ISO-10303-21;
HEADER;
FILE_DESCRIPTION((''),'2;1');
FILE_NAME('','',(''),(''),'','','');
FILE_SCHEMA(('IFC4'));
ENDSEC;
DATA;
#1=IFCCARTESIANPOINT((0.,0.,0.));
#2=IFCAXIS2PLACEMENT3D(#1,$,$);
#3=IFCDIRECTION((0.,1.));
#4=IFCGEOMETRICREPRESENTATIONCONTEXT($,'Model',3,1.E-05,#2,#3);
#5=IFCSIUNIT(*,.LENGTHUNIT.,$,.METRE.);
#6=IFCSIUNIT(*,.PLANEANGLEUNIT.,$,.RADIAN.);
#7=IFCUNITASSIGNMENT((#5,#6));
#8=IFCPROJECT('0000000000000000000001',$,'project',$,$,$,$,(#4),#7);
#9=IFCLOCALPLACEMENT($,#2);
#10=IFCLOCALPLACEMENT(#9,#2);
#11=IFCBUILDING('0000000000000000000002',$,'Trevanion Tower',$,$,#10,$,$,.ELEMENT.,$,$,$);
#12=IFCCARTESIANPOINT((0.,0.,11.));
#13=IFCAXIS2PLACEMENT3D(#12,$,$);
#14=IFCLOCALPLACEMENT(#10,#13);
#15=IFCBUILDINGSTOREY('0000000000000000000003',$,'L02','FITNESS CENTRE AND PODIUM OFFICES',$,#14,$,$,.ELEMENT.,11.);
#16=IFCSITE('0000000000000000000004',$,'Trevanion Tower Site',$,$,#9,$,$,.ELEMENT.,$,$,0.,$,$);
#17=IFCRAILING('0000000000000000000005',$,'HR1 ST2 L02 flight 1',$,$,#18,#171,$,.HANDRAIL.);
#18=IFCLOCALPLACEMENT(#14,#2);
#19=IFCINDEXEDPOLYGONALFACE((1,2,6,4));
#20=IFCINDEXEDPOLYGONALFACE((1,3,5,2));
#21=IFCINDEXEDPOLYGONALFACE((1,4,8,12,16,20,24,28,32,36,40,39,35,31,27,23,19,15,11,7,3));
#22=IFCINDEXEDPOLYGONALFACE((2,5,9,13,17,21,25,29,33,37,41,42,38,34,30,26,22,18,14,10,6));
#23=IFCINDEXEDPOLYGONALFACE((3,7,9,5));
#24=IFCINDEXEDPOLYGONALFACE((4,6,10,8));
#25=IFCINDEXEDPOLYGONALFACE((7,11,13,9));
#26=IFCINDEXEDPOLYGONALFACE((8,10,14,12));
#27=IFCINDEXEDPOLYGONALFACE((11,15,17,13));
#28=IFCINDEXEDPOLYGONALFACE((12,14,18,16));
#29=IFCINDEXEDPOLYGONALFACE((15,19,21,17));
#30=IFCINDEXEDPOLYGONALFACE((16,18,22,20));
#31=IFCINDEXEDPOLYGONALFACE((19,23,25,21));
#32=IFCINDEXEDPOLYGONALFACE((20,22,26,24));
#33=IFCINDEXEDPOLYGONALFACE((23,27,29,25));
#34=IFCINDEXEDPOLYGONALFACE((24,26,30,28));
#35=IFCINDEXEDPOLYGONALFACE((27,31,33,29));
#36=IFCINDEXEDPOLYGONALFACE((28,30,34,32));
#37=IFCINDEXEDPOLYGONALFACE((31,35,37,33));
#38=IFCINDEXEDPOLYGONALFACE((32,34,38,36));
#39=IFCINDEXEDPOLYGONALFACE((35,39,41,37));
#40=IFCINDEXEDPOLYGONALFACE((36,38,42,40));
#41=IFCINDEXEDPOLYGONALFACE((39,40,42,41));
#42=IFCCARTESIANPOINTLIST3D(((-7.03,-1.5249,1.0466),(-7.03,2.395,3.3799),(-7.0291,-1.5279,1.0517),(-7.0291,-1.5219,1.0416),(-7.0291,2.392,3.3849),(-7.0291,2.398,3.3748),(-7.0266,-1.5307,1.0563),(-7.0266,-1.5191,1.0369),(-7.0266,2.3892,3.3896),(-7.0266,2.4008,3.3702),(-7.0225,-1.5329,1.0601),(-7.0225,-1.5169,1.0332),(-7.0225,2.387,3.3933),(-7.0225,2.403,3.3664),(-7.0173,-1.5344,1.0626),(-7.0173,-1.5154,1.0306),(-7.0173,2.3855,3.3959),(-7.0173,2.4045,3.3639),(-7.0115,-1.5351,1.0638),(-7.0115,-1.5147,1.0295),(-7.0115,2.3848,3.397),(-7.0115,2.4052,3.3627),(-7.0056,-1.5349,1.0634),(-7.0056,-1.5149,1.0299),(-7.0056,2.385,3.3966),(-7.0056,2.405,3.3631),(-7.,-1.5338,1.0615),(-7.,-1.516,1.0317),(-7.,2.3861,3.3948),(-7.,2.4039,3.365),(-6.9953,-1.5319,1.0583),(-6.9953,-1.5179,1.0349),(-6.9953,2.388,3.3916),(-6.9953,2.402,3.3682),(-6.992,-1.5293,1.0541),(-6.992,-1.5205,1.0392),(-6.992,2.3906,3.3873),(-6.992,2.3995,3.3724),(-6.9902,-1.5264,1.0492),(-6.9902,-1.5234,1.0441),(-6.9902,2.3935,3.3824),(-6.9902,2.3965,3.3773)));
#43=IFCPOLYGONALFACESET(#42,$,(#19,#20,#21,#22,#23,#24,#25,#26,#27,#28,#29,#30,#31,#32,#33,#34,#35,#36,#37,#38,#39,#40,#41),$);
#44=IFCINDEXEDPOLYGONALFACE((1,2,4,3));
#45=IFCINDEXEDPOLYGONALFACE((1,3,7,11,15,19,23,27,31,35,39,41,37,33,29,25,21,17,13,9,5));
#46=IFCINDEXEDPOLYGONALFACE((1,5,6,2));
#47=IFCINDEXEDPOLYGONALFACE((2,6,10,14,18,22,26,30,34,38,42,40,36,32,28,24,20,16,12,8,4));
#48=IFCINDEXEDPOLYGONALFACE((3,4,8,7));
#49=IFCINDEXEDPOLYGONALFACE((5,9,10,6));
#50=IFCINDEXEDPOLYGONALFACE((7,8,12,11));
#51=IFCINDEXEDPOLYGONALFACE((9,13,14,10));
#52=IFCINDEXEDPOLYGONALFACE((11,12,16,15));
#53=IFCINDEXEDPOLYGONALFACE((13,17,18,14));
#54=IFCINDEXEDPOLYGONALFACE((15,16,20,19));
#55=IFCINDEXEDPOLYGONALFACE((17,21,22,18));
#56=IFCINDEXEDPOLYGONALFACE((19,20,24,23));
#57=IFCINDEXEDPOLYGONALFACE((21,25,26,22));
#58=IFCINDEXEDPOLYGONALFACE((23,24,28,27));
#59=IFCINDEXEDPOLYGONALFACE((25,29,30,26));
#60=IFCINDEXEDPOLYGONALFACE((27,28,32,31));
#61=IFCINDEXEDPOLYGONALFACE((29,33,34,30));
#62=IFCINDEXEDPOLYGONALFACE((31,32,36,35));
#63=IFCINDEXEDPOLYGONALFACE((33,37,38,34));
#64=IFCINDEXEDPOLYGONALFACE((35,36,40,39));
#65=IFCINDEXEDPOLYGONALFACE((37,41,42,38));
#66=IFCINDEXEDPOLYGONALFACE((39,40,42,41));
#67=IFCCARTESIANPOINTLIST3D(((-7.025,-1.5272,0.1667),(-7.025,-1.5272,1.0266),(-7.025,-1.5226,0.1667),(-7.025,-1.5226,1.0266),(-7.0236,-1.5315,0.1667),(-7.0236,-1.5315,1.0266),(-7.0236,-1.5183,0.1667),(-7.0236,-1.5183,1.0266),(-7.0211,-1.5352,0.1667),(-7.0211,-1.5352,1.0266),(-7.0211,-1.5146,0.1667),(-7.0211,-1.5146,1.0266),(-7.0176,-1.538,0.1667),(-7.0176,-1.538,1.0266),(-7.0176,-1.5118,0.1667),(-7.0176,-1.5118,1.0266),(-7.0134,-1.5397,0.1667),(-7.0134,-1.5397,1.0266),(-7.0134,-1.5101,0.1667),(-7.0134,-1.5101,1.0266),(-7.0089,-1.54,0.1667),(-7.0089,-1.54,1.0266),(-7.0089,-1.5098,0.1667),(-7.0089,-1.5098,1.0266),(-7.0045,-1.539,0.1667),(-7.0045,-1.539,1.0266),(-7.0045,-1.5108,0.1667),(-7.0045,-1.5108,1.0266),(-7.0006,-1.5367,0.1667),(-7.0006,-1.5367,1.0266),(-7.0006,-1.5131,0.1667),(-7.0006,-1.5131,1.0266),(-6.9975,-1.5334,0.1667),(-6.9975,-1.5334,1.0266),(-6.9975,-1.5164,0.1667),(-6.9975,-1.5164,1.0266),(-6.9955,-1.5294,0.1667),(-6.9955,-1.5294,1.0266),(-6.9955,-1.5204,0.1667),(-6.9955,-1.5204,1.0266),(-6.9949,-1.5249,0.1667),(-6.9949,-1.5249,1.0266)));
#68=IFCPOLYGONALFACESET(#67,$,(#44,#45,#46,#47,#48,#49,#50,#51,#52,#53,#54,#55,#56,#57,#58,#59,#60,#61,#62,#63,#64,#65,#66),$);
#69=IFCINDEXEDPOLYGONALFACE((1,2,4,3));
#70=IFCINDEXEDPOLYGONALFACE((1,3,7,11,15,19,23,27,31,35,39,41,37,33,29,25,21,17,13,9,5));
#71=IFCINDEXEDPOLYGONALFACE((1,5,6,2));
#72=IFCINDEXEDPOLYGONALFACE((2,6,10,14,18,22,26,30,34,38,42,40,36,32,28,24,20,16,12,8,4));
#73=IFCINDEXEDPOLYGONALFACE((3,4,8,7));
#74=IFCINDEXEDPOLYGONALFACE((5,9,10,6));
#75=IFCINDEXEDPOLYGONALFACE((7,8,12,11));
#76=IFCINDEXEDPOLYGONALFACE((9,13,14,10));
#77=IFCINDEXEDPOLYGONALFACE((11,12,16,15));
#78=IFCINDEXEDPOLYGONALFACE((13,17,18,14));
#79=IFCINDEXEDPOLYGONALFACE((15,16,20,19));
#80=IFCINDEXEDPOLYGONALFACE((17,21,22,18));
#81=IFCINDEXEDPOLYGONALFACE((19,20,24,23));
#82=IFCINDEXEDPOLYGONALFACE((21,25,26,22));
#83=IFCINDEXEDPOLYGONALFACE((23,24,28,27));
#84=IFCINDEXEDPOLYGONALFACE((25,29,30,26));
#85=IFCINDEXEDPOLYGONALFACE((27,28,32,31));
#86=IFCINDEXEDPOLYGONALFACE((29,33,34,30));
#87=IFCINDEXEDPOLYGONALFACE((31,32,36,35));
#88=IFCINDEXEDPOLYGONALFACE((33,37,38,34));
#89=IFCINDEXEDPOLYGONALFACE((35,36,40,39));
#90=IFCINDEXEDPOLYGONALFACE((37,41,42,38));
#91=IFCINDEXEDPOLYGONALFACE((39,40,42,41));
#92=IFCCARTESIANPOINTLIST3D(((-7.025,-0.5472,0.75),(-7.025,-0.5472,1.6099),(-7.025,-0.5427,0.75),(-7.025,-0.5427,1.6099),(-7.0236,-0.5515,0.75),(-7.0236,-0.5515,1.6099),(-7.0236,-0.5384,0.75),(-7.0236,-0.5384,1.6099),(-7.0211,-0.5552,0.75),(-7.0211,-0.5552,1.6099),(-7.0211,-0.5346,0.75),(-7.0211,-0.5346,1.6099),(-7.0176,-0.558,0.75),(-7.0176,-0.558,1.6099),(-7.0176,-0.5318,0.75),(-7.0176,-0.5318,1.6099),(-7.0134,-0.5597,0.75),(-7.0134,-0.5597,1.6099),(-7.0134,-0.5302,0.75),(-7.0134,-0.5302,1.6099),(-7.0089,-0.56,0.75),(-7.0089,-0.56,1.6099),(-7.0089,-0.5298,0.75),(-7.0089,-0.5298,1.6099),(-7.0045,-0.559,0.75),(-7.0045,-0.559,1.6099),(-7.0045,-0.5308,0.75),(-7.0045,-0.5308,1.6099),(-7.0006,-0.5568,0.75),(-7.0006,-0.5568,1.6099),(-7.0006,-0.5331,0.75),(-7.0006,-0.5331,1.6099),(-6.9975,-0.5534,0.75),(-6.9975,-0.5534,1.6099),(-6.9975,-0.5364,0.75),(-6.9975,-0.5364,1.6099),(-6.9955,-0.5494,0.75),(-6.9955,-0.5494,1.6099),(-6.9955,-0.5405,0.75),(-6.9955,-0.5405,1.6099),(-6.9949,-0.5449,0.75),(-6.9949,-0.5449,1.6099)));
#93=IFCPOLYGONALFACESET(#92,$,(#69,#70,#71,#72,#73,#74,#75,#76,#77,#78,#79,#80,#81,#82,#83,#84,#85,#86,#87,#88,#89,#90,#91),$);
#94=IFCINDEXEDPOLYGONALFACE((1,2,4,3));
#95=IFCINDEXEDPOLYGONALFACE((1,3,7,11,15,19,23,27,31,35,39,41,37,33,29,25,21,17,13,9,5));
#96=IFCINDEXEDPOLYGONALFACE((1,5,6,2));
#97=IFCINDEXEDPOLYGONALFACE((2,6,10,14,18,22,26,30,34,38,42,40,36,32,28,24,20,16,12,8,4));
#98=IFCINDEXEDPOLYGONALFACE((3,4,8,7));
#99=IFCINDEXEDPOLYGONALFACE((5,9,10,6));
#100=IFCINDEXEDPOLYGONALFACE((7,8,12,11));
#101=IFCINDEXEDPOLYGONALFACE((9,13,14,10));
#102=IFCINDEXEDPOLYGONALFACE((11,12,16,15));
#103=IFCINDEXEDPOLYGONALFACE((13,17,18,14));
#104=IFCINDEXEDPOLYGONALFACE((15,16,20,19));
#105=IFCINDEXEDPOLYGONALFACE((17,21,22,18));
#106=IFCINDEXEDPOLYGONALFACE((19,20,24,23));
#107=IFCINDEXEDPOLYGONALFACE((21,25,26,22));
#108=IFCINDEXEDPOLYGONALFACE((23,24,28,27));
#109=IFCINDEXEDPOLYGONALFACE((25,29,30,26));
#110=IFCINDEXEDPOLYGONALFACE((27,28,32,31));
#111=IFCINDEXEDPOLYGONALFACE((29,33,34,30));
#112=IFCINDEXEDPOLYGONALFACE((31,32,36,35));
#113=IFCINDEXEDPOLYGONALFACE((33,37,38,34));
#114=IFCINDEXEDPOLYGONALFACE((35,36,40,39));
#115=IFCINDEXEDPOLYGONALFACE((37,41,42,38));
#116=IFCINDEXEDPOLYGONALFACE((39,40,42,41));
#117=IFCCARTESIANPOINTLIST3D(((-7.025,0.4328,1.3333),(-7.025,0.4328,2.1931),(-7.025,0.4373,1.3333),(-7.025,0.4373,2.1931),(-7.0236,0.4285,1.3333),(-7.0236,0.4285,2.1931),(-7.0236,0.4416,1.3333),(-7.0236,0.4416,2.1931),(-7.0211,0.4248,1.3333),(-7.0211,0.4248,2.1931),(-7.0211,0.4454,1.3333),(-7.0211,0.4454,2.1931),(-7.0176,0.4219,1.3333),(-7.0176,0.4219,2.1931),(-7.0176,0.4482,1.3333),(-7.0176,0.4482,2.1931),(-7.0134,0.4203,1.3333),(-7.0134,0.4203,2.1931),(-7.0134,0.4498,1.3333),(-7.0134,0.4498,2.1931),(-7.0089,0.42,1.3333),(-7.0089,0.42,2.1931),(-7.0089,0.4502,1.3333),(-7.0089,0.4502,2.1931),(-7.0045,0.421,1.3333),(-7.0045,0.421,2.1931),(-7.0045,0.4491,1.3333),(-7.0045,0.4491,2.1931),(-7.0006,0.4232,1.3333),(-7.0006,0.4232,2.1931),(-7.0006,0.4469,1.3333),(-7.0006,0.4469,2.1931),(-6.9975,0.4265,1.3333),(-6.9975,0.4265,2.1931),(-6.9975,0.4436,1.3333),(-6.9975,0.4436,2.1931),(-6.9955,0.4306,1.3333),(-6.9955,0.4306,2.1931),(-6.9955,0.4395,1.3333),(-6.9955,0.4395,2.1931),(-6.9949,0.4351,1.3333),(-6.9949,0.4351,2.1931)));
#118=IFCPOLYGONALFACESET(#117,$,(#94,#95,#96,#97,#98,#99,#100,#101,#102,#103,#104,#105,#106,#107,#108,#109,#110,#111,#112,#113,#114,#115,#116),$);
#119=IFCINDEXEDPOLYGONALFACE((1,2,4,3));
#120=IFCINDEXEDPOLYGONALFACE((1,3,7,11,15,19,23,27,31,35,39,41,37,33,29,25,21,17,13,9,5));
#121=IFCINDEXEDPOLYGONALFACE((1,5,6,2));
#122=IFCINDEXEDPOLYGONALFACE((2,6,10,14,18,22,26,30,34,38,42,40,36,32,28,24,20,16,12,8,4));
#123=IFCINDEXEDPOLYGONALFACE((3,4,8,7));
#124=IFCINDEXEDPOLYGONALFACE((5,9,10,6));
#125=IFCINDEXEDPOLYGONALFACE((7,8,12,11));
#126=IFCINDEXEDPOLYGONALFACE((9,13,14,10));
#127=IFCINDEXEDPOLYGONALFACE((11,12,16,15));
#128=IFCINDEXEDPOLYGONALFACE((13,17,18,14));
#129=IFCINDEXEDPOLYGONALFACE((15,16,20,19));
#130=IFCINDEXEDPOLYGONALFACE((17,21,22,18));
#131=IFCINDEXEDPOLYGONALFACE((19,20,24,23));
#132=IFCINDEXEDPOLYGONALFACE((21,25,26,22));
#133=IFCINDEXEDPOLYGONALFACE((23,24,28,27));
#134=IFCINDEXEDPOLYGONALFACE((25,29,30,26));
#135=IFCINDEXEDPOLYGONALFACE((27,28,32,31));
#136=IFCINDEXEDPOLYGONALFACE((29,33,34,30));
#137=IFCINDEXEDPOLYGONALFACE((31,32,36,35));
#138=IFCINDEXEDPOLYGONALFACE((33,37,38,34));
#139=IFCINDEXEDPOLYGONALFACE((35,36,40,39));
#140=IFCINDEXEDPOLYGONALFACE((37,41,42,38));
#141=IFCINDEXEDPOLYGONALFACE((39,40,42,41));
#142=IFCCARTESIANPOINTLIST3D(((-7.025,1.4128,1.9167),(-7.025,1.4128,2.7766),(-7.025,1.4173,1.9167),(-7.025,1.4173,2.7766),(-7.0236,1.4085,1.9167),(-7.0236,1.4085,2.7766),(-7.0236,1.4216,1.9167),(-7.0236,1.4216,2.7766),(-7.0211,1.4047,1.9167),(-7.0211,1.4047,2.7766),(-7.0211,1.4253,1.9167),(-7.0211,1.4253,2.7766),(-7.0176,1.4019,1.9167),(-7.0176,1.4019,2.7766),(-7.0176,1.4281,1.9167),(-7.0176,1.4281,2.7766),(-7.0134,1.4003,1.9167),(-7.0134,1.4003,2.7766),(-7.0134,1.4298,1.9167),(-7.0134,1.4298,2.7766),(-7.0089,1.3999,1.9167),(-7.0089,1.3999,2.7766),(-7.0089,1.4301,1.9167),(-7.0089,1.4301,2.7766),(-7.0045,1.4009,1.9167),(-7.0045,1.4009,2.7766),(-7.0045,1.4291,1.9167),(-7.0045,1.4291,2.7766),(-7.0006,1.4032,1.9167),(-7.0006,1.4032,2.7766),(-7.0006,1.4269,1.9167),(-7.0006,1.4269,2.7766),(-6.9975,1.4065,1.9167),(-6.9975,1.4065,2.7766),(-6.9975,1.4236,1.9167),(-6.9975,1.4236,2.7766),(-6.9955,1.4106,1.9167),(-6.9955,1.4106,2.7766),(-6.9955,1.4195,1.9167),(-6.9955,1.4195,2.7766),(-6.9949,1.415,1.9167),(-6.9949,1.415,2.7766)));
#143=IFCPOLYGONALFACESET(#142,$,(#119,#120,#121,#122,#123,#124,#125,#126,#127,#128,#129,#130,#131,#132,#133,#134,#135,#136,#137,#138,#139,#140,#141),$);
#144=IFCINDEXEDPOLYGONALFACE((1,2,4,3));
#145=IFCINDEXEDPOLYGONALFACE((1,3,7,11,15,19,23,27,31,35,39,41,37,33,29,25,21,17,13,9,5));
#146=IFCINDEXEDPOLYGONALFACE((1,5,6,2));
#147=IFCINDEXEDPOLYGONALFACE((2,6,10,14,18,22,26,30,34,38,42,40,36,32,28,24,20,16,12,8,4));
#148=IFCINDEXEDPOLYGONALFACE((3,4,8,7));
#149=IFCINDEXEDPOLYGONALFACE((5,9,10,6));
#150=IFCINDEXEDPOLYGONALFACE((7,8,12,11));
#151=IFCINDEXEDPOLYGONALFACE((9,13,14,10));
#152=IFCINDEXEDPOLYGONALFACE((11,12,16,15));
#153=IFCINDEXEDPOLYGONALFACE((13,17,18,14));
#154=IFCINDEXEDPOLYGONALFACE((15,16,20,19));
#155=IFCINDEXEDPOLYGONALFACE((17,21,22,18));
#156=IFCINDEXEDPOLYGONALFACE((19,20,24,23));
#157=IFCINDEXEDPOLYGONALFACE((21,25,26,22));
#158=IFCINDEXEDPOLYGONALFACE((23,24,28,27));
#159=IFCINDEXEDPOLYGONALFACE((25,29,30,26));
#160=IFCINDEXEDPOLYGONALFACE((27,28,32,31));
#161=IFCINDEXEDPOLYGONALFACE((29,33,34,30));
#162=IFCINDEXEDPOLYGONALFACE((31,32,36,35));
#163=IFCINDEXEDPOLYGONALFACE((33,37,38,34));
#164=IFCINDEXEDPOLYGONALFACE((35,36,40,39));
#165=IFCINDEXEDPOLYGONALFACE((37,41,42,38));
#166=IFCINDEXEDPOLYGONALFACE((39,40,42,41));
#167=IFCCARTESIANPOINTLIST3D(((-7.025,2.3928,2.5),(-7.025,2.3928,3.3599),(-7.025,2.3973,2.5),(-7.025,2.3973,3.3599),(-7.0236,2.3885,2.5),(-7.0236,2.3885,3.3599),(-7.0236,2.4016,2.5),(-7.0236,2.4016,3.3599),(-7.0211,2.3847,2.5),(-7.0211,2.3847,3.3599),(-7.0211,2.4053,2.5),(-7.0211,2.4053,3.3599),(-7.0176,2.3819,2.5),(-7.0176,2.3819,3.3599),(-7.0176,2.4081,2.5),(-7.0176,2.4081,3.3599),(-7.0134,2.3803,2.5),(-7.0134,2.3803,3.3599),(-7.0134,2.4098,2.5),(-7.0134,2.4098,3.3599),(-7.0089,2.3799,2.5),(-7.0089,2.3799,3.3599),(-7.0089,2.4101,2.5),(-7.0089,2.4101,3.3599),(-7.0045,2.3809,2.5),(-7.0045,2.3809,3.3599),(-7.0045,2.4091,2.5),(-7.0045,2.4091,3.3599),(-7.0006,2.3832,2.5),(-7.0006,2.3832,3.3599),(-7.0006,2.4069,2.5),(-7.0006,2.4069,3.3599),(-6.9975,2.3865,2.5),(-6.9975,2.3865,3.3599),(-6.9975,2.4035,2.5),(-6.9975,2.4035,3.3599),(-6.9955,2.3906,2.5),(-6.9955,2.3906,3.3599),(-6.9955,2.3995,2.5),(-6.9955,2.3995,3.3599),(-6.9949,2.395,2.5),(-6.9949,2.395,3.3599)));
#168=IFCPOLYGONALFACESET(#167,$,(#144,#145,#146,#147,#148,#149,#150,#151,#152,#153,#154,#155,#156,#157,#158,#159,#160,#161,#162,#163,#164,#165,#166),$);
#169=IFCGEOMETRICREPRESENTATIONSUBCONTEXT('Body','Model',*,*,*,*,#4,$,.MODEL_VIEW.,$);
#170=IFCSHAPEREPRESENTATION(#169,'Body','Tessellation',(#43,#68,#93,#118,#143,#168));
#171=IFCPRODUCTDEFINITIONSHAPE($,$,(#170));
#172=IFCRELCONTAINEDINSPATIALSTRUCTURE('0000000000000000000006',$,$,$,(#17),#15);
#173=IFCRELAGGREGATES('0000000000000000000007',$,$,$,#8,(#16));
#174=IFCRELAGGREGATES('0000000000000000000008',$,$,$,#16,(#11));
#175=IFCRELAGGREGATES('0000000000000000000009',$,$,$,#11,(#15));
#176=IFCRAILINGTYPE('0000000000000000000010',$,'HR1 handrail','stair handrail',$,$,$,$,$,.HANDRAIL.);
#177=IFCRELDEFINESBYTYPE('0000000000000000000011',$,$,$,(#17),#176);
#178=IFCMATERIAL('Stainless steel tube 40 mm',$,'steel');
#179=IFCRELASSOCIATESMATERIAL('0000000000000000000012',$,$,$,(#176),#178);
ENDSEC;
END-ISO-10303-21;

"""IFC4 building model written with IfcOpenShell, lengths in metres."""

from ifc_helpers import new_model, si_unit, direction, frame, origin, origin_2d, place, context, subcontext, project, spatial, circle, extrude, material, type_object, element, save


model = new_model("IFC4")

# Units and contexts
model_context = context("Model", 3, precision=1e-05, world=origin(), true_north=direction((0.0, 1.0)))
body_context = subcontext(model_context, "Body", "Model", "MODEL_VIEW")
ifc_project = project(units=[si_unit("LENGTHUNIT", "METRE"), si_unit("PLANEANGLEUNIT", "RADIAN")], contexts=[model_context])

# Site, building, storey
site_placement = place(None, origin())
site = spatial("IfcSite", under=ifc_project, at=site_placement, Name="Trevanion Tower Site", CompositionType="ELEMENT", RefElevation=0.0)
building_placement = place(site_placement, origin())
building = spatial("IfcBuilding", under=site, at=building_placement, Name="Trevanion Tower", CompositionType="ELEMENT")
storey_placement = place(building_placement, frame((0.0, 0.0, 11.0)))
storey = spatial("IfcBuildingStorey", under=building, at=storey_placement, Name="L02", Description="FITNESS CENTRE AND PODIUM OFFICES", CompositionType="ELEMENT", Elevation=11.0)

# Railing
ifc_material_1 = material(Name="Stainless steel tube 40 mm", Category="steel")
railing_type = type_object("IfcRailingType", Name="HR1 handrail", Description="stair handrail", PredefinedType="HANDRAIL", material=ifc_material_1)
railing_placement = place(storey_placement, frame((-7.01, -1.5249, 0.1667)))
element("IfcRailing", 1, at=railing_placement, inside=storey, type_object=railing_type, Name="HR1 ST2 L02 flight 1", PredefinedType="HANDRAIL", context=body_context, shape_type="SweptSolid", body=[
    extrude(circle(Radius=0.02, at=origin_2d()), frame((0.0, 0.0, 0.8799), z_axis=(0.0, 0.859296, 0.511478), x_axis=(-1.0, 0.0, 0.0)), (0.0, 0.0, 1.0), 4.5618),
    extrude(circle(Radius=0.0151, at=origin_2d()), origin(), (0.0, 0.0, 1.0), 0.8599),
    extrude(circle(Radius=0.0151, at=origin_2d()), frame((0.0, 0.98, 0.5833)), (0.0, 0.0, 1.0), 0.8599),
    extrude(circle(Radius=0.0151, at=origin_2d()), frame((0.0, 1.96, 1.1665)), (0.0, 0.0, 1.0), 0.8599),
    extrude(circle(Radius=0.0151, at=origin_2d()), frame((0.0, 2.9399, 1.75)), (0.0, 0.0, 1.0), 0.8599),
    extrude(circle(Radius=0.0151, at=origin_2d()), frame((0.0, 3.9199, 2.3333)), (0.0, 0.0, 1.0), 0.8599),
])

save(model, "model.ifc")
